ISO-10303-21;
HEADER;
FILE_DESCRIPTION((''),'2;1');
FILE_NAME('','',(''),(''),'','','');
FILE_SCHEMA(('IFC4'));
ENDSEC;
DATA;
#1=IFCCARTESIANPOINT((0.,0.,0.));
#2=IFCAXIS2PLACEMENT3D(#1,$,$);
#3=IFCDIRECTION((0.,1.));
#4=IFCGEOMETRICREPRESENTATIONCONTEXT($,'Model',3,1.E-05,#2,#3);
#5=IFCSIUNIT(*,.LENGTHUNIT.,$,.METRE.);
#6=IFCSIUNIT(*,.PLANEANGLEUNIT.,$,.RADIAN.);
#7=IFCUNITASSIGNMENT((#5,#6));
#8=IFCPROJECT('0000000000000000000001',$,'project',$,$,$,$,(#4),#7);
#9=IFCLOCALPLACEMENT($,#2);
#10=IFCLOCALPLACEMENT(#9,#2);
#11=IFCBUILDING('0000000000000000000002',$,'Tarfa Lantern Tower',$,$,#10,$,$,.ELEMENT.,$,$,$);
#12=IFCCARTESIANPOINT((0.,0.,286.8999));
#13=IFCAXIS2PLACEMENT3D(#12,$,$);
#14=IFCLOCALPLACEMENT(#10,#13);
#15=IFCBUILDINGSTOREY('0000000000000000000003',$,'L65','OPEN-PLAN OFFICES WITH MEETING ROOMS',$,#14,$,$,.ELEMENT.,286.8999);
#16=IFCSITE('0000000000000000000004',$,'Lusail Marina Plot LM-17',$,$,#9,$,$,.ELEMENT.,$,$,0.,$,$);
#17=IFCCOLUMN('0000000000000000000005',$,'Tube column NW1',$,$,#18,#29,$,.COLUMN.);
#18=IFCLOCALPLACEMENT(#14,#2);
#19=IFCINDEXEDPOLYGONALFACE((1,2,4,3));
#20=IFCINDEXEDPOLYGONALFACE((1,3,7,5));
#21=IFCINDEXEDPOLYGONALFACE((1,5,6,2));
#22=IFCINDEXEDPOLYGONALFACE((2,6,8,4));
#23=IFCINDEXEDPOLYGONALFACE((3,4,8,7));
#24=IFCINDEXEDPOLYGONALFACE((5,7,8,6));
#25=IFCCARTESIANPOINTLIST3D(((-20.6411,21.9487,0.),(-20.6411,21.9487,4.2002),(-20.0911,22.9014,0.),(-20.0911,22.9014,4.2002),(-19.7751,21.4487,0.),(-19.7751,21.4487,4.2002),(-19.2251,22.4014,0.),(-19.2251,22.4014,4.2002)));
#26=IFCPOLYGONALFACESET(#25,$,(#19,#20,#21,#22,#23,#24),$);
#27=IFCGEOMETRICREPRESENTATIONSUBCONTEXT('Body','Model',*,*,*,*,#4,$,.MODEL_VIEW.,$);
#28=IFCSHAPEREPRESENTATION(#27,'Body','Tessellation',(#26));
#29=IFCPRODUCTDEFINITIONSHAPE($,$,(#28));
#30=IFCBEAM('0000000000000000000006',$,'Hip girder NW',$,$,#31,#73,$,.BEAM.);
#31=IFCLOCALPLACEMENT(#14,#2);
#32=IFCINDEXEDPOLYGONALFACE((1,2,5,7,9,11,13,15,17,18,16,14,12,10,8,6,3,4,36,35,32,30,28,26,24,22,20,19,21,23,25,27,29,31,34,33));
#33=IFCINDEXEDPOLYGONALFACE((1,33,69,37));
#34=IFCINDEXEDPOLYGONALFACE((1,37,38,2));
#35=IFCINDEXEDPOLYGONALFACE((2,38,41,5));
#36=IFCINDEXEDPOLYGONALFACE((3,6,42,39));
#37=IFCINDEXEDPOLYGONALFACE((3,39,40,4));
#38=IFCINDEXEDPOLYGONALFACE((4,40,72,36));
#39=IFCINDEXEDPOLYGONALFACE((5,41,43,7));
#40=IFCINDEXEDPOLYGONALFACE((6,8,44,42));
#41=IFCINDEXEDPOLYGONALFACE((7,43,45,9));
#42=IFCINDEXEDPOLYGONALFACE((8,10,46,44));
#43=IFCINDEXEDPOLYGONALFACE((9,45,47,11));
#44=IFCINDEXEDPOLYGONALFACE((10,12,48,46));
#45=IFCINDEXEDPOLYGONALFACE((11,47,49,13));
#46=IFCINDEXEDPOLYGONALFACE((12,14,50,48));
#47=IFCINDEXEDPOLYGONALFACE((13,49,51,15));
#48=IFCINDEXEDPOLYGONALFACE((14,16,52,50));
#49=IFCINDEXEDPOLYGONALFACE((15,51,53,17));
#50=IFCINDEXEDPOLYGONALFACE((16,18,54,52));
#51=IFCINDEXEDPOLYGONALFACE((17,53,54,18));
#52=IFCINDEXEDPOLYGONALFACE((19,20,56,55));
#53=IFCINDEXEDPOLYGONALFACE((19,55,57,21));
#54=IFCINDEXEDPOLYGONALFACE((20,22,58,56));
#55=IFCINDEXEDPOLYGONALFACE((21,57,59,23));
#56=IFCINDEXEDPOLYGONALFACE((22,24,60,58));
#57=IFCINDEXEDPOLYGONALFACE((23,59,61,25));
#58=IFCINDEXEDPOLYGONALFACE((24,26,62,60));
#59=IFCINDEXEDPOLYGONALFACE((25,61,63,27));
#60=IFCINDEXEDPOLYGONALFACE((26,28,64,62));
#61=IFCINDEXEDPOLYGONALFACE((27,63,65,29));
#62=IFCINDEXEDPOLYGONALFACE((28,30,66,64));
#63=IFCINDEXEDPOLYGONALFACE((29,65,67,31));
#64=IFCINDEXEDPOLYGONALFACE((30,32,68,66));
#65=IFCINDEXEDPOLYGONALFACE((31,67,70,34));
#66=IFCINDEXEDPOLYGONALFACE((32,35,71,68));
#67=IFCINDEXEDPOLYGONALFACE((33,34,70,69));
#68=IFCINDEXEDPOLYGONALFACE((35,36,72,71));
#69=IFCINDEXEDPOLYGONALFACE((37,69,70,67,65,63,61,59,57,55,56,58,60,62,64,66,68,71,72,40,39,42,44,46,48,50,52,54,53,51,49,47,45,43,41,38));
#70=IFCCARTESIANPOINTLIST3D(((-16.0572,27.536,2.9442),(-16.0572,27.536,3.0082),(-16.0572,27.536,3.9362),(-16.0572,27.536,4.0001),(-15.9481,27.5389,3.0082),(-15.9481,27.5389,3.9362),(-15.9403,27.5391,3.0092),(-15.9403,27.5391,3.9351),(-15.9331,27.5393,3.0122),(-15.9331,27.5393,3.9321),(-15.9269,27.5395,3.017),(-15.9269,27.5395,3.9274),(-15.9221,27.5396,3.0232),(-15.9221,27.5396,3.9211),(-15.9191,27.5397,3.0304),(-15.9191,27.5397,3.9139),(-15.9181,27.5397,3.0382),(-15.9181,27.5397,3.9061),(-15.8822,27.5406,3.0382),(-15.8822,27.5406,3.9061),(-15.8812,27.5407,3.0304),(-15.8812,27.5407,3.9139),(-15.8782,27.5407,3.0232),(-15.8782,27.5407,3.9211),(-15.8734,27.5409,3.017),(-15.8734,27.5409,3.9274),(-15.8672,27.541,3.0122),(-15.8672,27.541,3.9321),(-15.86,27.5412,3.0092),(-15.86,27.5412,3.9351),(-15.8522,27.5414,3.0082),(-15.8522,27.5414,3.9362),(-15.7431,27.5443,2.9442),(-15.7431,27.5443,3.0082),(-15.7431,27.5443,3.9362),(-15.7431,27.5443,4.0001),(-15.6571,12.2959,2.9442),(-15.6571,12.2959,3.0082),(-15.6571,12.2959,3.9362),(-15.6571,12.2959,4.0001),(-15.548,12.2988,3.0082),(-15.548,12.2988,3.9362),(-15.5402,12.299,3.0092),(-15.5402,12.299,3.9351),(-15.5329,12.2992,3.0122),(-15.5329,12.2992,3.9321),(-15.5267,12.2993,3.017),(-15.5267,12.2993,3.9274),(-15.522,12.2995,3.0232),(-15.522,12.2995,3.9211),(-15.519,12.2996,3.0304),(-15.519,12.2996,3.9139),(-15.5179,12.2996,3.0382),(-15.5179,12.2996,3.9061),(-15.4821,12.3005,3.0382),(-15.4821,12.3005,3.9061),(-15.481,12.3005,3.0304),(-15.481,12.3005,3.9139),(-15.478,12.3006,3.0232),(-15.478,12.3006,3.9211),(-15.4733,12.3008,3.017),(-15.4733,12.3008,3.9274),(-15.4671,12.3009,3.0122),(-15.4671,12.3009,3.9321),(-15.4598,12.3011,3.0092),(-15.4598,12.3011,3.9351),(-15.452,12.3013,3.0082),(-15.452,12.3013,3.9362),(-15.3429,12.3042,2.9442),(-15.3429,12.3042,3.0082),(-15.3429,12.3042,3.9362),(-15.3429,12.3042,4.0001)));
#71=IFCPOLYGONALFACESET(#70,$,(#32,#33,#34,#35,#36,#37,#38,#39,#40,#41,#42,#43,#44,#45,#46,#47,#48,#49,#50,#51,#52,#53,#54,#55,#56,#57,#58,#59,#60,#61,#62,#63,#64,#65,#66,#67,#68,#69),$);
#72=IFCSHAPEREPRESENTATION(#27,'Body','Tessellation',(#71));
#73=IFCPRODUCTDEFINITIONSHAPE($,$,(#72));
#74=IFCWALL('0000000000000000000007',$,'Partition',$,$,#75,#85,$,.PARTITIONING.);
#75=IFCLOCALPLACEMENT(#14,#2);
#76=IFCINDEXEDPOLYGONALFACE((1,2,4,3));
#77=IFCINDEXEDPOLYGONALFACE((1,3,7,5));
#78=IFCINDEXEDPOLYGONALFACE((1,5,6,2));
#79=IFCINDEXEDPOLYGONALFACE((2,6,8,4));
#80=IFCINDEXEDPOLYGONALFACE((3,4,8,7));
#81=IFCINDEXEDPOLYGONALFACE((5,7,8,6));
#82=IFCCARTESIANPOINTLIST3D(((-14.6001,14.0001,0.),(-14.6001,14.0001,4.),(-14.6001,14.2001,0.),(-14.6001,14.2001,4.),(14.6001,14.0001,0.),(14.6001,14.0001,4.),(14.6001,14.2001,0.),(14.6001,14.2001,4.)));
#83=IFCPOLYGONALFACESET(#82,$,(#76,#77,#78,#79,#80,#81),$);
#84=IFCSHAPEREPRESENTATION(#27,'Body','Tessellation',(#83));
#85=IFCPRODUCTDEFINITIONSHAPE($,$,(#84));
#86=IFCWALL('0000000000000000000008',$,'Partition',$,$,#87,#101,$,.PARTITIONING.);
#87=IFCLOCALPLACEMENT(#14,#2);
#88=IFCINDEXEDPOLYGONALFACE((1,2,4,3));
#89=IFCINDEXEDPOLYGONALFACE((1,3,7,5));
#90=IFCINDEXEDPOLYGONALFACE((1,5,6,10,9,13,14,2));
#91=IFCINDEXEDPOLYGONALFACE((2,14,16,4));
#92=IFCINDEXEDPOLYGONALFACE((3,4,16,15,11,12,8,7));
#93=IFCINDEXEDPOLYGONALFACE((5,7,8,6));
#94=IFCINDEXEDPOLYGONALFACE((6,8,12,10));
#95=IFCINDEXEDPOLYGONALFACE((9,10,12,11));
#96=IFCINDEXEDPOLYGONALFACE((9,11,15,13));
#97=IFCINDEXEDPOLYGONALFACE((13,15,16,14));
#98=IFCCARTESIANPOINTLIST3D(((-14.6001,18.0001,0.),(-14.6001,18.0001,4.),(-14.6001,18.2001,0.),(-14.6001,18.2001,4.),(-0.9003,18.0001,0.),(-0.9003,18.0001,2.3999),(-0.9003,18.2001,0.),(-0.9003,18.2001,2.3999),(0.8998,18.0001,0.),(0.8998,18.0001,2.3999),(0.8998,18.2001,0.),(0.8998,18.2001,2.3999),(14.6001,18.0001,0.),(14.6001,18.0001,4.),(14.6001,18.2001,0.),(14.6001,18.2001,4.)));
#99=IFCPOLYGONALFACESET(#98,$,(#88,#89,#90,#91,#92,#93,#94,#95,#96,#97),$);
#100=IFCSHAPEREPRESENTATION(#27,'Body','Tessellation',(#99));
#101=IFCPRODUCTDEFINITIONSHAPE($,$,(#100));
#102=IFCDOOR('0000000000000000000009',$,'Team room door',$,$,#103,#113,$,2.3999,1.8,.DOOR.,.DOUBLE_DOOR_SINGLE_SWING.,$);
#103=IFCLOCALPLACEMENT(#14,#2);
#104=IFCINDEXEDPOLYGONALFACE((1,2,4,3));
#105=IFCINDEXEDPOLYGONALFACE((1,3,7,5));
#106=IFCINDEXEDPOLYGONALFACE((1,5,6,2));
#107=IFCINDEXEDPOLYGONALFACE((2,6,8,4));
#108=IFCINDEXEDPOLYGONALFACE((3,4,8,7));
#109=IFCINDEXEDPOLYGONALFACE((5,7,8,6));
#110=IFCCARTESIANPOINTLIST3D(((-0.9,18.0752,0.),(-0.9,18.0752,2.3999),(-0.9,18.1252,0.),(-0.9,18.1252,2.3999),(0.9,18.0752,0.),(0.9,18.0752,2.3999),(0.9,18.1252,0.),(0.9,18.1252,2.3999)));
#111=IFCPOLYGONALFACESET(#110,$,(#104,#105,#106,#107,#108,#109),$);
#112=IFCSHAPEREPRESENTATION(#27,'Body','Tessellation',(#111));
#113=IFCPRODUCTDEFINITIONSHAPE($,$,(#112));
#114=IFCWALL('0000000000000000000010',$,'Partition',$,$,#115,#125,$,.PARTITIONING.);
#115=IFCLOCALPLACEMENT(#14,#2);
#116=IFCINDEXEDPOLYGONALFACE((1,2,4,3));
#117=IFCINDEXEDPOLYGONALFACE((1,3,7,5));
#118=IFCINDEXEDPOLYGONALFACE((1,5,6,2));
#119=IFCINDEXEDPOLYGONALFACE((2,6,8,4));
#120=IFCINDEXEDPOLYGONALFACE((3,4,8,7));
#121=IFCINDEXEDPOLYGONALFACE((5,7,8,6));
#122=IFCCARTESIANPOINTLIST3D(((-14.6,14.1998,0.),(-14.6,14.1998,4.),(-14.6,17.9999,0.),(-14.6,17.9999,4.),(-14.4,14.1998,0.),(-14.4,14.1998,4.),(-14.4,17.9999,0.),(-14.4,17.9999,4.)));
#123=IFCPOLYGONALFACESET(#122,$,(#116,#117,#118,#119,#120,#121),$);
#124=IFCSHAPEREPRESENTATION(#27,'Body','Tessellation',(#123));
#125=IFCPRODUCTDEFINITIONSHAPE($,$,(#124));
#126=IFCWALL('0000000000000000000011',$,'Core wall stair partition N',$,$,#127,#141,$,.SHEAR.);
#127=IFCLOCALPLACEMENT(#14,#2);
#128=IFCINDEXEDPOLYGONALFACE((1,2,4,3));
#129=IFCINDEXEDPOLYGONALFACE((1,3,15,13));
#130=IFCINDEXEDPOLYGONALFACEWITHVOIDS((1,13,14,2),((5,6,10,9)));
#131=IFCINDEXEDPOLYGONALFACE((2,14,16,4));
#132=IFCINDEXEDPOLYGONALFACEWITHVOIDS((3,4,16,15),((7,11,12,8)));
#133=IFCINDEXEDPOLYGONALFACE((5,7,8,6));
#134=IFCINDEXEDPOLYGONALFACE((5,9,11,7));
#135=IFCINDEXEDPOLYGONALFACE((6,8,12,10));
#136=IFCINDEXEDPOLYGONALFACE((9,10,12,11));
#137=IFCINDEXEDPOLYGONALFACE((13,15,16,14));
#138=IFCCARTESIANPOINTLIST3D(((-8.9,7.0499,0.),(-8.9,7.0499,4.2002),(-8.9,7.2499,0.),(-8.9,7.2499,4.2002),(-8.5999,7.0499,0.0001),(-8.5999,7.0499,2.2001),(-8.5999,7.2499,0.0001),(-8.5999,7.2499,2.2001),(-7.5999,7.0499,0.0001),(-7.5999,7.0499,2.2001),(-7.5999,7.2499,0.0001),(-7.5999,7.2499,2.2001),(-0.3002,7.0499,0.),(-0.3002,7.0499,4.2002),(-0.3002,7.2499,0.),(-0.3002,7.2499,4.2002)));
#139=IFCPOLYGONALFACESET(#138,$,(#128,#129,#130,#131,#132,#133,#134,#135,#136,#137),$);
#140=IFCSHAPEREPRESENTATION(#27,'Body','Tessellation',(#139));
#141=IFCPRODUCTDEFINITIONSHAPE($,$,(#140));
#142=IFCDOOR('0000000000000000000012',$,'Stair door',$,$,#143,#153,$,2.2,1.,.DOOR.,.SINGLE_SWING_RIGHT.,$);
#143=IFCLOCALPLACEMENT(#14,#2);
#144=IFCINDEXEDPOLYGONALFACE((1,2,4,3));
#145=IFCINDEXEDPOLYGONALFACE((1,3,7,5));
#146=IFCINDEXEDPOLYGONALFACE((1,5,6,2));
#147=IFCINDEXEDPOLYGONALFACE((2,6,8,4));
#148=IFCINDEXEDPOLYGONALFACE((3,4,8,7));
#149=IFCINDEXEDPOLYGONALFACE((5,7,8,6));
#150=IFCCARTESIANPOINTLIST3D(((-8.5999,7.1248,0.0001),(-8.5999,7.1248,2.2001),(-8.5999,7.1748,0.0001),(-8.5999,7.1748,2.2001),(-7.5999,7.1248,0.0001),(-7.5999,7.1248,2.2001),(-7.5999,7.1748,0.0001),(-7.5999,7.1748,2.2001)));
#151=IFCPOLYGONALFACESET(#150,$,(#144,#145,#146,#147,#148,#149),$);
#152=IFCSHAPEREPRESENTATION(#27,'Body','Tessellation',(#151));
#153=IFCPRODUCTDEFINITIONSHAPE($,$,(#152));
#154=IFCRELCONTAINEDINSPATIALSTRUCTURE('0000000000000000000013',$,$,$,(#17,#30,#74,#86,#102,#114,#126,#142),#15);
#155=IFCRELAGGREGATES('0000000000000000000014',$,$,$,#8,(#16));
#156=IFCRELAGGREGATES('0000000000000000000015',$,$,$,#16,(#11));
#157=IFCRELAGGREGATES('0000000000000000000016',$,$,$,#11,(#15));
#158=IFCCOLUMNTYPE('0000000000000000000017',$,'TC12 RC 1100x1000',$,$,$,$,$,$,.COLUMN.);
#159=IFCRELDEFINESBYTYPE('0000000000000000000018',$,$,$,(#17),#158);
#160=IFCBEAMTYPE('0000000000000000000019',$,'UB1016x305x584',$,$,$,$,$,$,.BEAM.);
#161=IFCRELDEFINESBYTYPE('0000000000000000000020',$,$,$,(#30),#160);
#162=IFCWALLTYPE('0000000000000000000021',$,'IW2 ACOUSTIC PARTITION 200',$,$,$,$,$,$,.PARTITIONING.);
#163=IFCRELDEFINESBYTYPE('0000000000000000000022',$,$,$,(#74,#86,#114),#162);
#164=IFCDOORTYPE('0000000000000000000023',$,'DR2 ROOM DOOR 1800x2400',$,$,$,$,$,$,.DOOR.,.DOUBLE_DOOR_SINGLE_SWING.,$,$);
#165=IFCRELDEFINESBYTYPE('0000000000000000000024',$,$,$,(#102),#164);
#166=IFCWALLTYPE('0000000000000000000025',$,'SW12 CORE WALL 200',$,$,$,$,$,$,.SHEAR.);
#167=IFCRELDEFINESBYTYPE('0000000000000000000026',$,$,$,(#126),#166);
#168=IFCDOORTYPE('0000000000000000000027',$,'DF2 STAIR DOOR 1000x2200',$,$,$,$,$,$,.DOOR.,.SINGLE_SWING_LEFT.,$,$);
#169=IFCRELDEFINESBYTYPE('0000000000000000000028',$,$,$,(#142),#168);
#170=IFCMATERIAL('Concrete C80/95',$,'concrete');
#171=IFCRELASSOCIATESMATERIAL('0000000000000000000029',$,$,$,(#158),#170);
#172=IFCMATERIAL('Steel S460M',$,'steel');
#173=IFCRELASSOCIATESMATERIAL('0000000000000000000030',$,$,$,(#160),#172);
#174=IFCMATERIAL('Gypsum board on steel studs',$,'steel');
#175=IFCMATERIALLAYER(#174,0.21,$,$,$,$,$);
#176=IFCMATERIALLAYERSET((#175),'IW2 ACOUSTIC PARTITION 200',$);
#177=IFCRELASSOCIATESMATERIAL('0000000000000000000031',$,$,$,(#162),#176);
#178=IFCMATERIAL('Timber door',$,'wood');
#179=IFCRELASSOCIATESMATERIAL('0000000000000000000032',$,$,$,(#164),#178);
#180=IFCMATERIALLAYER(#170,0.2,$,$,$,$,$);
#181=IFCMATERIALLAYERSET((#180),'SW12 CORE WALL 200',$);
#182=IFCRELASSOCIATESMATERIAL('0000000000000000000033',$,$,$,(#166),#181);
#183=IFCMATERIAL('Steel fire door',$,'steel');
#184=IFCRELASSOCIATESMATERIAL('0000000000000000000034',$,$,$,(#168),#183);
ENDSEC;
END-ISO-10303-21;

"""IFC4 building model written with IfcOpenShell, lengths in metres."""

from ifc_helpers import new_model, si_unit, direction, frame, frame_2d, origin, origin_2d, place, context, subcontext, project, spatial, rectangle, i_section, extrude, material, layer, layer_set, material_profile, profile_set, type_object, element, fill, save


model = new_model("IFC4")

# Units and contexts
model_context = context("Model", 3, precision=1e-05, world=origin(), true_north=direction((0.0, 1.0)))
body_context = subcontext(model_context, "Body", "Model", "MODEL_VIEW")
ifc_project = project(units=[si_unit("LENGTHUNIT", "METRE"), si_unit("PLANEANGLEUNIT", "RADIAN")], contexts=[model_context])

# Site, building, storey
site_placement = place(None, origin())
site = spatial("IfcSite", under=ifc_project, at=site_placement, Name="Lusail Marina Plot LM-17", CompositionType="ELEMENT", RefElevation=0.0)
building_placement = place(site_placement, origin())
building = spatial("IfcBuilding", under=site, at=building_placement, Name="Tarfa Lantern Tower", CompositionType="ELEMENT")
storey_placement = place(building_placement, frame((0.0, 0.0, 286.8999)))
storey = spatial("IfcBuildingStorey", under=building, at=storey_placement, Name="L65", Description="OPEN-PLAN OFFICES WITH MEETING ROOMS", CompositionType="ELEMENT", Elevation=286.8999)

# Column
ifc_material_1 = material(Name="Concrete C80/95", Category="concrete")
ifc_material_profile_1 = material_profile(ifc_material_1, rectangle(XDim=1.1001, YDim=1.0, at=origin_2d()), Name="RC 1100x1000")
ifc_profile_set_1 = profile_set([ifc_material_profile_1], Name="Concrete C80/95")
column_type = type_object("IfcColumnType", Name="TC12 RC 1100x1000", PredefinedType="COLUMN", material=ifc_profile_set_1)
column_placement = place(storey_placement, frame((-19.9331, 22.175, 0.0), z_axis=(0.0, 0.0, 1.0), x_axis=(-0.5, -0.866025, 0.0)))
element("IfcColumn", 1, at=column_placement, inside=storey, type_object=column_type, Name="Tube column NW1", PredefinedType="COLUMN", context=body_context, shape_type="SweptSolid", body=[
    extrude(rectangle(XDim=1.1001, YDim=1.0, at=origin_2d()), origin(), (0.0, 0.0, 1.0), 4.2002),
])

# Beam
ifc_material_2 = material(Name="Steel S460M", Category="steel")
ifc_material_profile_2 = material_profile(ifc_material_2, i_section(OverallWidth=0.3142, OverallDepth=1.0559, WebThickness=0.0359, FlangeThickness=0.064, FilletRadius=0.03, at=origin_2d()), Name="UB1016x305x584")
ifc_profile_set_2 = profile_set([ifc_material_profile_2], Name="Steel S460M")
beam_type = type_object("IfcBeamType", Name="UB1016x305x584", PredefinedType="BEAM", material=ifc_profile_set_2)
beam_placement = place(storey_placement, frame((-15.5, 12.3, 3.4722), z_axis=(-0.026247, 0.999655, 0.0), x_axis=(-0.999655, -0.026247, 0.0)))
element("IfcBeam", 2, at=beam_placement, inside=storey, type_object=beam_type, Name="Hip girder NW", PredefinedType="BEAM", context=body_context, shape_type="SweptSolid", body=[
    extrude(i_section(OverallWidth=0.3142, OverallDepth=1.0559, WebThickness=0.0359, FlangeThickness=0.064, FilletRadius=0.03, at=origin_2d()), origin(), (0.0, 0.0, 1.0), 15.2454),
])

# Wall
ifc_material_3 = material(Name="Gypsum board on steel studs", Category="steel")
ifc_layer_1 = layer(ifc_material_3, 0.21)
ifc_layer_set_1 = layer_set([ifc_layer_1], Name="IW2 ACOUSTIC PARTITION 200")
wall_type_1 = type_object("IfcWallType", Name="IW2 ACOUSTIC PARTITION 200", PredefinedType="PARTITIONING", material=ifc_layer_set_1)
wall_1_placement = place(storey_placement, frame((-14.6001, 14.1001, 0.0), z_axis=(0.0, 0.0, 1.0), x_axis=(1.0, 0.0, 0.0)))
element("IfcWall", 3, at=wall_1_placement, inside=storey, type_object=wall_type_1, Name="Partition", PredefinedType="PARTITIONING", context=body_context, shape_type="SweptSolid", body=[
    extrude(rectangle(XDim=29.2002, YDim=0.2, at=frame_2d((14.6001, 0.0))), origin(), (0.0, 0.0, 1.0), 4.0),
])

# Wall, opening, door
wall_2_placement = place(storey_placement, frame((-14.6001, 18.1001, 0.0), z_axis=(0.0, 0.0, 1.0), x_axis=(1.0, 0.0, 0.0)))
wall_2 = element("IfcWall", 4, at=wall_2_placement, inside=storey, type_object=wall_type_1, Name="Partition", PredefinedType="PARTITIONING", context=body_context, shape_type="SweptSolid", body=[
    extrude(rectangle(XDim=29.2002, YDim=0.2, at=frame_2d((14.6001, 0.0))), origin(), (0.0, 0.0, 1.0), 4.0),
])
opening_1_placement = place(wall_2_placement, frame((13.7, 0.0, 0.0)))
opening_1 = element("IfcOpeningElement", 5, at=opening_1_placement, cuts=wall_2, PredefinedType="OPENING", context=body_context, shape_type="SweptSolid", body=[
    extrude(rectangle(XDim=1.8, YDim=2.3999, at=frame_2d((0.8999, 1.2))), frame((0.0, 0.1099, 0.0), z_axis=(0.0, -1.0, 0.0), x_axis=(1.0, 0.0, 0.0)), (0.0, 0.0, 1.0), 0.22),
])
ifc_material_4 = material(Name="Timber door", Category="wood")
door_type_1 = type_object("IfcDoorType", Name="DR2 ROOM DOOR 1800x2400", OperationType="DOUBLE_DOOR_SINGLE_SWING", PredefinedType="DOOR", material=ifc_material_4)
door_1_placement = place(opening_1_placement, frame((1.8, 0.0, 0.0), z_axis=(0.0, 0.0, 1.0), x_axis=(-1.0, 0.0, 0.0)))
door_1 = element("IfcDoor", 6, at=door_1_placement, inside=storey, type_object=door_type_1, Name="Team room door", OperationType="DOUBLE_DOOR_SINGLE_SWING", OverallHeight=2.3999, OverallWidth=1.8, PredefinedType="DOOR", context=body_context, shape_type="SweptSolid", body=[
    extrude(rectangle(XDim=1.8, YDim=2.3999, at=frame_2d((0.8999, 1.2))), frame((0.0, 0.0249, 0.0), z_axis=(0.0, -1.0, 0.0), x_axis=(1.0, 0.0, 0.0)), (0.0, 0.0, 1.0), 0.05),
])
fill(opening_1, door_1)

# Wall
wall_3_placement = place(storey_placement, frame((-14.5, 14.2, 0.0), z_axis=(0.0, 0.0, 1.0), x_axis=(0.0, 1.0, 0.0)))
element("IfcWall", 7, at=wall_3_placement, inside=storey, type_object=wall_type_1, Name="Partition", PredefinedType="PARTITIONING", context=body_context, shape_type="SweptSolid", body=[
    extrude(rectangle(XDim=3.8, YDim=0.2, at=frame_2d((1.8999, 0.0))), origin(), (0.0, 0.0, 1.0), 4.0),
])

# Wall, opening, door
ifc_layer_2 = layer(ifc_material_1, 0.2)
ifc_layer_set_2 = layer_set([ifc_layer_2], Name="SW12 CORE WALL 200")
wall_type_2 = type_object("IfcWallType", Name="SW12 CORE WALL 200", PredefinedType="SHEAR", material=ifc_layer_set_2)
wall_4_placement = place(storey_placement, frame((-8.8999, 7.1499, 0.0), z_axis=(0.0, 0.0, 1.0), x_axis=(1.0, 0.0, 0.0)))
wall_4 = element("IfcWall", 8, at=wall_4_placement, inside=storey, type_object=wall_type_2, Name="Core wall stair partition N", PredefinedType="SHEAR", context=body_context, shape_type="SweptSolid", body=[
    extrude(rectangle(XDim=8.5999, YDim=0.2, at=frame_2d((4.2998, 0.0))), origin(), (0.0, 0.0, 1.0), 4.2002),
])
opening_2_placement = place(wall_4_placement, frame((0.3, 0.0, 0.0)))
opening_2 = element("IfcOpeningElement", 9, at=opening_2_placement, cuts=wall_4, PredefinedType="OPENING", context=body_context, shape_type="SweptSolid", body=[
    extrude(rectangle(XDim=1.0, YDim=2.2, at=frame_2d((0.5, 1.1001))), frame((0.0, 0.1099, 0.0), z_axis=(0.0, -1.0, 0.0), x_axis=(1.0, 0.0, 0.0)), (0.0, 0.0, 1.0), 0.22),
])
ifc_material_5 = material(Name="Steel fire door", Category="steel")
door_type_2 = type_object("IfcDoorType", Name="DF2 STAIR DOOR 1000x2200", OperationType="SINGLE_SWING_LEFT", PredefinedType="DOOR", material=ifc_material_5)
door_2_placement = place(opening_2_placement, origin())
door_2 = element("IfcDoor", 10, at=door_2_placement, inside=storey, type_object=door_type_2, Name="Stair door", OperationType="SINGLE_SWING_RIGHT", OverallHeight=2.2, OverallWidth=1.0, PredefinedType="DOOR", context=body_context, shape_type="SweptSolid", body=[
    extrude(rectangle(XDim=1.0, YDim=2.2, at=frame_2d((0.5, 1.1001))), frame((0.0, 0.0249, 0.0), z_axis=(0.0, -1.0, 0.0), x_axis=(1.0, 0.0, 0.0)), (0.0, 0.0, 1.0), 0.05),
])
fill(opening_2, door_2)

save(model, "model.ifc")
